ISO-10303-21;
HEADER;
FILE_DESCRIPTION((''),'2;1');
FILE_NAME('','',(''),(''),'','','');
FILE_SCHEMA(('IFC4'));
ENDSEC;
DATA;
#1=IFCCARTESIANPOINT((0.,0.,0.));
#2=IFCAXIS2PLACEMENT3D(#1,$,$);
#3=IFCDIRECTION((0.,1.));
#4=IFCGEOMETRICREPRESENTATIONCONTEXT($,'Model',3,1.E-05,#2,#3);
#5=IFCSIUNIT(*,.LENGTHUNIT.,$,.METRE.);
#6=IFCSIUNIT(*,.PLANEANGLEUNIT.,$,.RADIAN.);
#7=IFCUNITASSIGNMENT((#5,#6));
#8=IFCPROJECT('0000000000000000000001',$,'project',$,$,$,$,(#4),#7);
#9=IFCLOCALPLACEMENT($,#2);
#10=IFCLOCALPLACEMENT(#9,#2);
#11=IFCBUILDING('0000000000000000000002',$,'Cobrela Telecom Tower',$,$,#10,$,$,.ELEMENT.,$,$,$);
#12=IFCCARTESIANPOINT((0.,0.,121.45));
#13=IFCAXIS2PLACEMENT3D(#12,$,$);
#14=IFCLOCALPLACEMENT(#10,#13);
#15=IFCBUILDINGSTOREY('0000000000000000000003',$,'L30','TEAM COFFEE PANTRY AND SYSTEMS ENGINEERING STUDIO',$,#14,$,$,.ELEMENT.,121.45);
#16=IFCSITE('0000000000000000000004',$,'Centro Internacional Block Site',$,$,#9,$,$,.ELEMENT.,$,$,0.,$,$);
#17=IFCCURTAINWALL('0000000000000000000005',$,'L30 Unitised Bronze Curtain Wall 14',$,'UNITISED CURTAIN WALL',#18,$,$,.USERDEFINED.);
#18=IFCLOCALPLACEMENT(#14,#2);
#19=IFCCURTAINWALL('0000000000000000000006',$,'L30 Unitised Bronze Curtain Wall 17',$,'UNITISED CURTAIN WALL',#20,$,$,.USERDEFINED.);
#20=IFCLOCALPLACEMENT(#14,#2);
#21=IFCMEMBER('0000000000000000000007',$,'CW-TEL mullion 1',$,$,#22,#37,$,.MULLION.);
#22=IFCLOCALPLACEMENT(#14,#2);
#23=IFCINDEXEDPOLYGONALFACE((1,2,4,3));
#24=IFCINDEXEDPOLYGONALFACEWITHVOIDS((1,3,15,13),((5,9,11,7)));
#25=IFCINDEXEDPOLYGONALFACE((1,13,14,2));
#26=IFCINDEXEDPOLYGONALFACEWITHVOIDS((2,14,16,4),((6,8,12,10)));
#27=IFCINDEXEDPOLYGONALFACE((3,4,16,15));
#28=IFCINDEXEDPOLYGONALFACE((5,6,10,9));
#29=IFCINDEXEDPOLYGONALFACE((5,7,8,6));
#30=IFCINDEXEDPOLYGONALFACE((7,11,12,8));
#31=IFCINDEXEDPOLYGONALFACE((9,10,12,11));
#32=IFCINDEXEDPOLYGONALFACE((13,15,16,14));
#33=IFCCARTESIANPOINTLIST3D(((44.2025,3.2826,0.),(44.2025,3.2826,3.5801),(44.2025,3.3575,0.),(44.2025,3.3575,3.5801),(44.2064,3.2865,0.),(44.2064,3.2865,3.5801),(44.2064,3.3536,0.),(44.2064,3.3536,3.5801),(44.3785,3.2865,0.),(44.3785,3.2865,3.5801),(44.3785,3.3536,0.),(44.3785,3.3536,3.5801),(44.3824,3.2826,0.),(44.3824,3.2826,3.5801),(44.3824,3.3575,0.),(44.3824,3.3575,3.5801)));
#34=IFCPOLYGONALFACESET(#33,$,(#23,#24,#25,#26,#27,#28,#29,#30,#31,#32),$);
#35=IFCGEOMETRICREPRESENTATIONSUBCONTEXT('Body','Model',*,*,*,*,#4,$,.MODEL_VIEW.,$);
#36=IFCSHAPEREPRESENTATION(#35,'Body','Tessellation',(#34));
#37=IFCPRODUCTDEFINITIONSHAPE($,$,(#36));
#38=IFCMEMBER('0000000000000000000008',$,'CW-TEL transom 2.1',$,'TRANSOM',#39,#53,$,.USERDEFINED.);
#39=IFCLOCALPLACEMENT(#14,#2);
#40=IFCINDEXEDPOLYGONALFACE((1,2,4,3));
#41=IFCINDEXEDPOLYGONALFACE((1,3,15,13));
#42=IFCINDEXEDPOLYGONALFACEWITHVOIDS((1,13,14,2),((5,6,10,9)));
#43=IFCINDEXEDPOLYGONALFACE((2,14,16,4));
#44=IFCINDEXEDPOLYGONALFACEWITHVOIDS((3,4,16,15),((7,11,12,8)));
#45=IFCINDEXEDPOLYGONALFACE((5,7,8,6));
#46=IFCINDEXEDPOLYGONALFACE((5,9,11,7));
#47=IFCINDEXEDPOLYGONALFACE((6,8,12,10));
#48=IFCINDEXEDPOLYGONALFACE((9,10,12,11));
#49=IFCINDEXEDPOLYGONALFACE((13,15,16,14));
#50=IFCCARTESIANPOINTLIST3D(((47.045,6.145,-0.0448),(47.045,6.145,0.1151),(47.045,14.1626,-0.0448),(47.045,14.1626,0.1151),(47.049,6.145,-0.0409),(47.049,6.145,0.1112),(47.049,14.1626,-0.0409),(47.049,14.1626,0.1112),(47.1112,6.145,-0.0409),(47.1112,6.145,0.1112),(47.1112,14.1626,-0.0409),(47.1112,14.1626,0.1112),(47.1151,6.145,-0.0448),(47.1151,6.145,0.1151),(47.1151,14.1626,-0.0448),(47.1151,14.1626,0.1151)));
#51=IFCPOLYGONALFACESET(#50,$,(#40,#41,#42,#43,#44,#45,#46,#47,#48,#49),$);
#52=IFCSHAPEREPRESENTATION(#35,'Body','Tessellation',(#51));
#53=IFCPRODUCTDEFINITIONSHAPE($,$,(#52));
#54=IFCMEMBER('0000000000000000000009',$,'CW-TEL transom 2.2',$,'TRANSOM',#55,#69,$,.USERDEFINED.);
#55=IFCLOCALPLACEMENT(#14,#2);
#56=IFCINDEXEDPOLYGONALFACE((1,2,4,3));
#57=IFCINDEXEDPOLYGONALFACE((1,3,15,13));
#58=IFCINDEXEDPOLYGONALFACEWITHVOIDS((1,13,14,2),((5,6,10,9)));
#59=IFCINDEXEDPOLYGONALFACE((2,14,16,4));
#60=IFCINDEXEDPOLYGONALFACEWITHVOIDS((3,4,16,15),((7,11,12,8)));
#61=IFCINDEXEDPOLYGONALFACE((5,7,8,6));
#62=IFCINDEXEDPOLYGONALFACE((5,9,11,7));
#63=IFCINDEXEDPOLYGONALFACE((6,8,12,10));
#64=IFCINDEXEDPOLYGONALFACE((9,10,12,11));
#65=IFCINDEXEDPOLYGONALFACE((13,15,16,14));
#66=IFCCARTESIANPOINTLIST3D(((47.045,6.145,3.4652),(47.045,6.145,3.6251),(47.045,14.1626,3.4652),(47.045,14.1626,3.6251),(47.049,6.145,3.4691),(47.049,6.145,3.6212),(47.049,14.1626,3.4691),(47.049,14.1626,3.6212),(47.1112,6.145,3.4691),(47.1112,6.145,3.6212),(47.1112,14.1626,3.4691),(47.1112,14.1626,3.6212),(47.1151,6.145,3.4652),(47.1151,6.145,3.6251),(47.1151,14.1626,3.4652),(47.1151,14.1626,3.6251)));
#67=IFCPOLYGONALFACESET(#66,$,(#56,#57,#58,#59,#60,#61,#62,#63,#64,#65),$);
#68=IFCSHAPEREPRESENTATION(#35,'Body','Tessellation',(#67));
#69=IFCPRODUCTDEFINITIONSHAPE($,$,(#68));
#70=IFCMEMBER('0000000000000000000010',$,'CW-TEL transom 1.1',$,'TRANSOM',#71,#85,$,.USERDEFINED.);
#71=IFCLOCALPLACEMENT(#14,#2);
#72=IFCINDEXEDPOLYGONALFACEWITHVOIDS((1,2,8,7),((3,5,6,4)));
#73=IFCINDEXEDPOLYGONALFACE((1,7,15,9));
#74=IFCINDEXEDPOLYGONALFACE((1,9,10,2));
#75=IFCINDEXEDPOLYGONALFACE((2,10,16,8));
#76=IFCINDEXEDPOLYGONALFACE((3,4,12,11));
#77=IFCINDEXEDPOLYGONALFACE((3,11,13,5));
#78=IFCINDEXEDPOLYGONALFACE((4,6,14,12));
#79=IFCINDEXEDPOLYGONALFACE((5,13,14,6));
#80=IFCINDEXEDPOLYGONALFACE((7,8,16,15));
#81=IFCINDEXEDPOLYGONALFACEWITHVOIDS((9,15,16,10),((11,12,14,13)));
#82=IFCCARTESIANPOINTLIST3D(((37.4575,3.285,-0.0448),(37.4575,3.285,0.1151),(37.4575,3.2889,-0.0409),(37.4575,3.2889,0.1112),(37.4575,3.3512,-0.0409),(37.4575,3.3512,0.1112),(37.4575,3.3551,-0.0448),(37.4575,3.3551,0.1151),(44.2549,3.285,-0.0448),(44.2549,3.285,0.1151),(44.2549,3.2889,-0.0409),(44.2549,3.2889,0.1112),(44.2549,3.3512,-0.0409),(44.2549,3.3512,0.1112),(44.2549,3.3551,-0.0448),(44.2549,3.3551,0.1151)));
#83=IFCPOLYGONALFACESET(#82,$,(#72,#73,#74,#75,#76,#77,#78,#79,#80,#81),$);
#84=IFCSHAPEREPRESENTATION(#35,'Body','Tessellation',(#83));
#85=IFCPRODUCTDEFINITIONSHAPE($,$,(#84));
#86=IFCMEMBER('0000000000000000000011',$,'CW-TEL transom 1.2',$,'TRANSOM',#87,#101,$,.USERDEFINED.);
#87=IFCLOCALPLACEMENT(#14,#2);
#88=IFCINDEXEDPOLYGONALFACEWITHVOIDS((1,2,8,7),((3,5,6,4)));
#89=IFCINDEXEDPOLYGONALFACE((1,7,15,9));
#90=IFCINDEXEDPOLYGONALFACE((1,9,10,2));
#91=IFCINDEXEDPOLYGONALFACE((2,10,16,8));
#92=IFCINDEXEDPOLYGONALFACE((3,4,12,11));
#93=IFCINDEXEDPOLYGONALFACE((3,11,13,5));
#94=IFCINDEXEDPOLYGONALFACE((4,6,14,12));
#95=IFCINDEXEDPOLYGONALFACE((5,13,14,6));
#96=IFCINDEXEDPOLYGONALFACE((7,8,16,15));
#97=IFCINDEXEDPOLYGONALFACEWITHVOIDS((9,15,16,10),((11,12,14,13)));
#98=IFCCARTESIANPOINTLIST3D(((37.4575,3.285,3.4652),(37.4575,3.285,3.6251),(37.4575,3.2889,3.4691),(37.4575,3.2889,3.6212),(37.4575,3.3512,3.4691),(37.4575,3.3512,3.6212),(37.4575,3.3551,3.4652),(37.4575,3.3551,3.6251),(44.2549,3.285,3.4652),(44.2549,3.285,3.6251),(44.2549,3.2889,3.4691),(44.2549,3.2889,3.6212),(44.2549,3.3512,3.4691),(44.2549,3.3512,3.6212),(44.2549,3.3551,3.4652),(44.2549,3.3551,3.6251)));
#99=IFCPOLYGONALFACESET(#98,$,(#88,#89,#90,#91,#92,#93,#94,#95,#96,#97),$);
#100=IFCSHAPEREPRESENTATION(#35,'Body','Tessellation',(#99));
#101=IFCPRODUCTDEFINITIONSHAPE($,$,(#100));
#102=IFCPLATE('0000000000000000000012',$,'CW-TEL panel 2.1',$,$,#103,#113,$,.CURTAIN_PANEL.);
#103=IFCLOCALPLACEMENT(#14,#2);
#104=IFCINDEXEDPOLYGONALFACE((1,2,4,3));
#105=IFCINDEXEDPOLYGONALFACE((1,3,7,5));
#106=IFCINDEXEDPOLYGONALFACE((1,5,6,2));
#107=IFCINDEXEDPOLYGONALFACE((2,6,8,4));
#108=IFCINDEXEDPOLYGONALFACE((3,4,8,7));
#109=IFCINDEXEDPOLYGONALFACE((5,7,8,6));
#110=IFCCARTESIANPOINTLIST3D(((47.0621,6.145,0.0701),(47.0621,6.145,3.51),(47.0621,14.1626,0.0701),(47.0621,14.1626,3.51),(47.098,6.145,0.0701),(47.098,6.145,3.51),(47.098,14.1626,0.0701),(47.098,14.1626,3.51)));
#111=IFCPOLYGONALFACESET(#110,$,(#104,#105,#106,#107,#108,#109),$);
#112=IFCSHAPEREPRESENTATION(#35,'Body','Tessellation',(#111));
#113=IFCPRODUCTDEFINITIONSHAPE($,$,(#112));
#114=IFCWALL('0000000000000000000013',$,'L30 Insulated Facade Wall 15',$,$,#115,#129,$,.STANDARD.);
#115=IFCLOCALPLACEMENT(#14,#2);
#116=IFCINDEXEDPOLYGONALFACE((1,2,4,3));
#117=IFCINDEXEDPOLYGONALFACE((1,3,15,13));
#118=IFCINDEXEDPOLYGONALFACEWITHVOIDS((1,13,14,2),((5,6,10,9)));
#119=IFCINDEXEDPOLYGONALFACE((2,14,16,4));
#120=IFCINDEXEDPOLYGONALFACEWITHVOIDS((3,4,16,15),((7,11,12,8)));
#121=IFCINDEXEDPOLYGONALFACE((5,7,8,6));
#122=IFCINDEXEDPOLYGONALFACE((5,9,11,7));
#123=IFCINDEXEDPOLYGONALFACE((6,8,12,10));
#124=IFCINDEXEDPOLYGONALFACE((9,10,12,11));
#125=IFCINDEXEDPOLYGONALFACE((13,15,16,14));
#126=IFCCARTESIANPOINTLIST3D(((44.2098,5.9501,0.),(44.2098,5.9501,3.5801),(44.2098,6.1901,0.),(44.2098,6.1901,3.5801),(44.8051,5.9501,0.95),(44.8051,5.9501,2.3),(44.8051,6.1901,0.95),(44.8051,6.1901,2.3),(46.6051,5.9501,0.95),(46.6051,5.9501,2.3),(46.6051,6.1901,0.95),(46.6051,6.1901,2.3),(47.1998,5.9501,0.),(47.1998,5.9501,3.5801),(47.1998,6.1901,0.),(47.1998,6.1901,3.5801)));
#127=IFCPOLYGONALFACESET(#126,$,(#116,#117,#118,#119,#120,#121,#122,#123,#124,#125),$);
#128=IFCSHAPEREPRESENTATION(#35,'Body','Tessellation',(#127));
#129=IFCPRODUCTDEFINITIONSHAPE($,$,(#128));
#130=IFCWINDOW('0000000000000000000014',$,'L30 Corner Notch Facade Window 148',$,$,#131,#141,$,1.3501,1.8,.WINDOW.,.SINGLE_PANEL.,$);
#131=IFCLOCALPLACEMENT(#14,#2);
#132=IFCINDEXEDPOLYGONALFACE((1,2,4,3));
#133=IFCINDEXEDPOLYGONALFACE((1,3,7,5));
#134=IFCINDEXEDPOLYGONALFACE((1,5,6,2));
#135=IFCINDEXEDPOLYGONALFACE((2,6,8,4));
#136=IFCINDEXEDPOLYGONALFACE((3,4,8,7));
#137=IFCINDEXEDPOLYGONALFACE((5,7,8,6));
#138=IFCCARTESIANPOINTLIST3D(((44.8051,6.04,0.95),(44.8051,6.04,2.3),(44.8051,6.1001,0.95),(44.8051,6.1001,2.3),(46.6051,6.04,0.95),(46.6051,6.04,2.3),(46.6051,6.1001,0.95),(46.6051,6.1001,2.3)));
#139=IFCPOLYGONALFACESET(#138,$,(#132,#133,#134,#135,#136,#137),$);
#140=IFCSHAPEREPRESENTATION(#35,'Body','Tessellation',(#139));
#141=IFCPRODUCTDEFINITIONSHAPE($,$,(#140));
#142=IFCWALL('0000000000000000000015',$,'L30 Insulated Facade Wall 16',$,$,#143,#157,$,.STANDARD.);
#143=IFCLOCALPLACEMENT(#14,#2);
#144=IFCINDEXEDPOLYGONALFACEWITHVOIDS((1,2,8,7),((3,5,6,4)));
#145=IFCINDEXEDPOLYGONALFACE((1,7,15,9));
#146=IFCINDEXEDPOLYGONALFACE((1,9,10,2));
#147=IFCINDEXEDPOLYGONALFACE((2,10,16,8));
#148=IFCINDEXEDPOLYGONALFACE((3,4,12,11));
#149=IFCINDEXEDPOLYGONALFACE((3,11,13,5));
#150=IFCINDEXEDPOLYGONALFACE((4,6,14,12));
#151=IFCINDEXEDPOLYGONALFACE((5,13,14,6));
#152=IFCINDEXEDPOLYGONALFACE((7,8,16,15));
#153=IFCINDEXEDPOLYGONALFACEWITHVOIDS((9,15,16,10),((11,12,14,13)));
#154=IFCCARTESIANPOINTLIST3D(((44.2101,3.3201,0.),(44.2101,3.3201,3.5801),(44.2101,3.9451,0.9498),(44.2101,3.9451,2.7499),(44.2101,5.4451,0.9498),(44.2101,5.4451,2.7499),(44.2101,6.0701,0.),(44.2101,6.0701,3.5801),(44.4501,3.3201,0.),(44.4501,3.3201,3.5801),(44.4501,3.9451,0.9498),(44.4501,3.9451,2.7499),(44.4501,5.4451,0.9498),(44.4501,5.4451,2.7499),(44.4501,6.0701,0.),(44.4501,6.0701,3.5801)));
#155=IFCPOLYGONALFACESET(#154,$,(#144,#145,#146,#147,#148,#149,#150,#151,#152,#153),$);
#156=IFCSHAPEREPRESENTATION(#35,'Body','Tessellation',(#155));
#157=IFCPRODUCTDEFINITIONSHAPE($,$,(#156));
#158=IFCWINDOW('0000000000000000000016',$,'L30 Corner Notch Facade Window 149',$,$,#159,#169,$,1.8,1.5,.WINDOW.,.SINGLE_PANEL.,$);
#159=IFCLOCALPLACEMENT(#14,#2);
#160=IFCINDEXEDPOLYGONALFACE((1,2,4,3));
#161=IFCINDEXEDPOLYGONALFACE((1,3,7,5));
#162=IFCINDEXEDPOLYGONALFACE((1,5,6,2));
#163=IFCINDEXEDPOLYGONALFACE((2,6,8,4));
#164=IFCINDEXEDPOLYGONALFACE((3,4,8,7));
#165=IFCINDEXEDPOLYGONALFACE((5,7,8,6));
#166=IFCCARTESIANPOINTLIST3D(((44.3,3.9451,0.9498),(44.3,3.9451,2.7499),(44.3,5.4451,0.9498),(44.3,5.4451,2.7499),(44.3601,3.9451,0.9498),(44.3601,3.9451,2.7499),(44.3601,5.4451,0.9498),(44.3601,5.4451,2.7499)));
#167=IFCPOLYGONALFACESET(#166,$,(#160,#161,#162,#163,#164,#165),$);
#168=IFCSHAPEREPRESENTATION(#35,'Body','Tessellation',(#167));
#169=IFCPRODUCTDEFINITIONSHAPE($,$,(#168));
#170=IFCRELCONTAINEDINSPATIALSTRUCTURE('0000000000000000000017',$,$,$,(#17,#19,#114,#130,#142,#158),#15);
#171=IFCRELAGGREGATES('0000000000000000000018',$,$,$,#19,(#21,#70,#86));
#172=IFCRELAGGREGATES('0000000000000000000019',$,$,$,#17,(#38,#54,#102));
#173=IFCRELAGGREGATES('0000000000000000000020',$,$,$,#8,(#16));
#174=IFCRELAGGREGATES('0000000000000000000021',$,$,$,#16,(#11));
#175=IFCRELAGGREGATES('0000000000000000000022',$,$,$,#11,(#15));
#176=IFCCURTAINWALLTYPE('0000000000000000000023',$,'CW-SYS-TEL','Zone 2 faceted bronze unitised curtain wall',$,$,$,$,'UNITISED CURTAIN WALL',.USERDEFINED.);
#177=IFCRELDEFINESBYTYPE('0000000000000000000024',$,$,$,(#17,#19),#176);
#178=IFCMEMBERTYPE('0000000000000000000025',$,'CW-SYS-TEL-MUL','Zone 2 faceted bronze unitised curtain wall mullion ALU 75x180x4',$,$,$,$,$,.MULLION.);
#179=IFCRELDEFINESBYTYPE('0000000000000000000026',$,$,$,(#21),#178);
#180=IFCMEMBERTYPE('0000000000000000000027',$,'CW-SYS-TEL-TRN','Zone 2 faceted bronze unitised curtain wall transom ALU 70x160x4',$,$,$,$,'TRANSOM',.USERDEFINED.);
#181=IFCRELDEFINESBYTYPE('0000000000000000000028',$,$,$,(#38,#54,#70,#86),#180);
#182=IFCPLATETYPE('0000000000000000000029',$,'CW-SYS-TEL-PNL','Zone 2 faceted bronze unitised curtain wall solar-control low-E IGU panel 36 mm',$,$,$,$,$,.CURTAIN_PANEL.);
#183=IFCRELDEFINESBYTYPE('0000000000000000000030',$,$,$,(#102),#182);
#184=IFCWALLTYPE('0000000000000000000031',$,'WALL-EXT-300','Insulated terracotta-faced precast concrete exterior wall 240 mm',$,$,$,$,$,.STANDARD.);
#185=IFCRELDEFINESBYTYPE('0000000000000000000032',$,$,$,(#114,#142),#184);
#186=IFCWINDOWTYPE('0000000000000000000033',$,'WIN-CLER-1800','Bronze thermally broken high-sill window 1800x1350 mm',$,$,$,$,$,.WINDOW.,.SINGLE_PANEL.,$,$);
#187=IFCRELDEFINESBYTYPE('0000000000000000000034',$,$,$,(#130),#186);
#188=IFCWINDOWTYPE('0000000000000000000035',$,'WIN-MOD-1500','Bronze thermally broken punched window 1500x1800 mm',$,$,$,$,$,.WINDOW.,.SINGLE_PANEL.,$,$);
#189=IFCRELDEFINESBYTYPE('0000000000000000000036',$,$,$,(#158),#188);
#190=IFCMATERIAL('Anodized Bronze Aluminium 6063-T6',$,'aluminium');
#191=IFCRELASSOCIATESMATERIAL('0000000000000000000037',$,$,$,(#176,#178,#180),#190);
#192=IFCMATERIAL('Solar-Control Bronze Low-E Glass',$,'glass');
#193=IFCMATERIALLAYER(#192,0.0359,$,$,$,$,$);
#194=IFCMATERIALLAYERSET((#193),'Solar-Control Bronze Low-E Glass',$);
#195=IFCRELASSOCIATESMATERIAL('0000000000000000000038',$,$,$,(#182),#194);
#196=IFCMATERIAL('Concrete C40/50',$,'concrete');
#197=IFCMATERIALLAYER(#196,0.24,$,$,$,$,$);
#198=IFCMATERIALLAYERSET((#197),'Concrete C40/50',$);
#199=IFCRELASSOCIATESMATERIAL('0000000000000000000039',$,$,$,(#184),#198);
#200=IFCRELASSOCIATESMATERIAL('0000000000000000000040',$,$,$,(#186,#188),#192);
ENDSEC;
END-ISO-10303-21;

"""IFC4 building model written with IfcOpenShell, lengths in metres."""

from ifc_helpers import new_model, si_unit, direction, frame, frame_2d, origin, origin_2d, place, context, subcontext, project, spatial, rectangle, hollow_rectangle, extrude, material, layer, layer_set, material_profile, profile_set, type_object, element, fill, aggregate, save


model = new_model("IFC4")

# Units and contexts
model_context = context("Model", 3, precision=1e-05, world=origin(), true_north=direction((0.0, 1.0)))
body_context = subcontext(model_context, "Body", "Model", "MODEL_VIEW")
ifc_project = project(units=[si_unit("LENGTHUNIT", "METRE"), si_unit("PLANEANGLEUNIT", "RADIAN")], contexts=[model_context])

# Site, building, storey
site_placement = place(None, origin())
site = spatial("IfcSite", under=ifc_project, at=site_placement, Name="Centro Internacional Block Site", CompositionType="ELEMENT", RefElevation=0.0)
building_placement = place(site_placement, origin())
building = spatial("IfcBuilding", under=site, at=building_placement, Name="Cobrela Telecom Tower", CompositionType="ELEMENT")
storey_placement = place(building_placement, frame((0.0, 0.0, 121.45)))
storey = spatial("IfcBuildingStorey", under=building, at=storey_placement, Name="L30", Description="TEAM COFFEE PANTRY AND SYSTEMS ENGINEERING STUDIO", CompositionType="ELEMENT", Elevation=121.45)

# Curtain wall
ifc_material_1 = material(Name="Anodized Bronze Aluminium 6063-T6", Category="aluminium")
curtain_wall_type = type_object("IfcCurtainWallType", Name="CW-SYS-TEL", Description="Zone 2 faceted bronze unitised curtain wall", ElementType="UNITISED CURTAIN WALL", PredefinedType="USERDEFINED", material=ifc_material_1)
curtain_wall_1_placement = place(storey_placement, origin())
curtain_wall_1 = element("IfcCurtainWall", 1, at=curtain_wall_1_placement, inside=storey, type_object=curtain_wall_type, Name="L30 Unitised Bronze Curtain Wall 14", ObjectType="UNITISED CURTAIN WALL", PredefinedType="USERDEFINED")
ifc_material_profile_1 = material_profile(ifc_material_1, hollow_rectangle(XDim=0.075, YDim=0.1799, WallThickness=0.0039, at=origin_2d()), Name="ALU 75x180x4")
ifc_profile_set_1 = profile_set([ifc_material_profile_1], Name="Anodized Bronze Aluminium 6063-T6")
member_type_1 = type_object("IfcMemberType", Name="CW-SYS-TEL-MUL", Description="Zone 2 faceted bronze unitised curtain wall mullion ALU 75x180x4", PredefinedType="MULLION", material=ifc_profile_set_1)

# Curtain wall, member
curtain_wall_2_placement = place(storey_placement, origin())
curtain_wall_2 = element("IfcCurtainWall", 2, at=curtain_wall_2_placement, inside=storey, type_object=curtain_wall_type, Name="L30 Unitised Bronze Curtain Wall 17", ObjectType="UNITISED CURTAIN WALL", PredefinedType="USERDEFINED")
member_1_placement = place(storey_placement, frame((44.2925, 3.3201, 0.0), z_axis=(0.0, 0.0, 1.0), x_axis=(0.0, -1.0, 0.0)))
member_1 = element("IfcMember", 3, at=member_1_placement, type_object=member_type_1, Name="CW-TEL mullion 1", PredefinedType="MULLION", context=body_context, shape_type="SweptSolid", body=[
    extrude(hollow_rectangle(XDim=0.075, YDim=0.1799, WallThickness=0.0039, at=origin_2d()), origin(), (0.0, 0.0, 1.0), 3.5801),
])

# Members
ifc_material_profile_2 = material_profile(ifc_material_1, hollow_rectangle(XDim=0.0701, YDim=0.1599, WallThickness=0.0039, at=origin_2d()), Name="ALU 70x160x4")
ifc_profile_set_2 = profile_set([ifc_material_profile_2], Name="Anodized Bronze Aluminium 6063-T6")
member_type_2 = type_object("IfcMemberType", Name="CW-SYS-TEL-TRN", Description="Zone 2 faceted bronze unitised curtain wall transom ALU 70x160x4", ElementType="TRANSOM", PredefinedType="USERDEFINED", material=ifc_profile_set_2)
member_2_placement = place(storey_placement, frame((47.0801, 14.1626, 0.0352), z_axis=(0.0, -1.0, 0.0), x_axis=(1.0, 0.0, 0.0)))
member_2 = element("IfcMember", 4, at=member_2_placement, type_object=member_type_2, Name="CW-TEL transom 2.1", ObjectType="TRANSOM", PredefinedType="USERDEFINED", context=body_context, shape_type="SweptSolid", body=[
    extrude(hollow_rectangle(XDim=0.0701, YDim=0.1599, WallThickness=0.0039, at=origin_2d()), origin(), (0.0, 0.0, 1.0), 8.0176),
])
member_3_placement = place(storey_placement, frame((47.0801, 14.1626, 3.5452), z_axis=(0.0, -1.0, 0.0), x_axis=(1.0, 0.0, 0.0)))
member_3 = element("IfcMember", 5, at=member_3_placement, type_object=member_type_2, Name="CW-TEL transom 2.2", ObjectType="TRANSOM", PredefinedType="USERDEFINED", context=body_context, shape_type="SweptSolid", body=[
    extrude(hollow_rectangle(XDim=0.0701, YDim=0.1599, WallThickness=0.0039, at=origin_2d()), origin(), (0.0, 0.0, 1.0), 8.0176),
])
member_4_placement = place(storey_placement, frame((44.2549, 3.3201, 0.0352), z_axis=(-1.0, 0.0, 0.0), x_axis=(0.0, -1.0, 0.0)))
member_4 = element("IfcMember", 6, at=member_4_placement, type_object=member_type_2, Name="CW-TEL transom 1.1", ObjectType="TRANSOM", PredefinedType="USERDEFINED", context=body_context, shape_type="SweptSolid", body=[
    extrude(hollow_rectangle(XDim=0.0701, YDim=0.1599, WallThickness=0.0039, at=origin_2d()), origin(), (0.0, 0.0, 1.0), 6.7974),
])
member_5_placement = place(storey_placement, frame((44.2549, 3.3201, 3.5452), z_axis=(-1.0, 0.0, 0.0), x_axis=(0.0, -1.0, 0.0)))
member_5 = element("IfcMember", 7, at=member_5_placement, type_object=member_type_2, Name="CW-TEL transom 1.2", ObjectType="TRANSOM", PredefinedType="USERDEFINED", context=body_context, shape_type="SweptSolid", body=[
    extrude(hollow_rectangle(XDim=0.0701, YDim=0.1599, WallThickness=0.0039, at=origin_2d()), origin(), (0.0, 0.0, 1.0), 6.7974),
])
aggregate(curtain_wall_2, [member_1, member_4, member_5])

# Plate
ifc_material_2 = material(Name="Solar-Control Bronze Low-E Glass", Category="glass")
ifc_layer_1 = layer(ifc_material_2, 0.0359)
ifc_layer_set_1 = layer_set([ifc_layer_1], Name="Solar-Control Bronze Low-E Glass")
plate_type = type_object("IfcPlateType", Name="CW-SYS-TEL-PNL", Description="Zone 2 faceted bronze unitised curtain wall solar-control low-E IGU panel 36 mm", PredefinedType="CURTAIN_PANEL", material=ifc_layer_set_1)
plate_placement = place(storey_placement, frame((47.0801, 10.1538, 0.0701), z_axis=(0.0, 0.0, 1.0), x_axis=(0.0, -1.0, 0.0)))
plate = element("IfcPlate", 8, at=plate_placement, type_object=plate_type, Name="CW-TEL panel 2.1", PredefinedType="CURTAIN_PANEL", context=body_context, shape_type="SweptSolid", body=[
    extrude(rectangle(XDim=8.0176, YDim=0.0359, at=origin_2d()), origin(), (0.0, 0.0, 1.0), 3.4399),
])
aggregate(curtain_wall_1, [member_2, member_3, plate])

# Walls, openings, windows
ifc_material_3 = material(Name="Concrete C40/50", Category="concrete")
ifc_layer_2 = layer(ifc_material_3, 0.24)
ifc_layer_set_2 = layer_set([ifc_layer_2], Name="Concrete C40/50")
wall_type = type_object("IfcWallType", Name="WALL-EXT-300", Description="Insulated terracotta-faced precast concrete exterior wall 240 mm", PredefinedType="STANDARD", material=ifc_layer_set_2)
wall_1_placement = place(storey_placement, frame((47.2, 6.0701, 0.0), z_axis=(0.0, 0.0, 1.0), x_axis=(-1.0, 0.0, 0.0)))
wall_1 = element("IfcWall", 9, at=wall_1_placement, inside=storey, type_object=wall_type, Name="L30 Insulated Facade Wall 15", PredefinedType="STANDARD", context=body_context, shape_type="SweptSolid", body=[
    extrude(rectangle(XDim=2.99, YDim=0.24, at=frame_2d((1.4951, 0.0))), origin(), (0.0, 0.0, 1.0), 3.5801),
])
opening_1_placement = place(wall_1_placement, frame((0.595, 0.0, 0.95)))
opening_1 = element("IfcOpeningElement", 10, at=opening_1_placement, cuts=wall_1, PredefinedType="OPENING", context=body_context, shape_type="SweptSolid", body=[
    extrude(rectangle(XDim=1.8, YDim=1.3501, at=frame_2d((0.8999, 0.675))), frame((0.0, 0.1318, 0.0), z_axis=(0.0, -1.0, 0.0), x_axis=(1.0, 0.0, 0.0)), (0.0, 0.0, 1.0), 0.2639),
])
window_type_1 = type_object("IfcWindowType", Name="WIN-CLER-1800", Description="Bronze thermally broken high-sill window 1800x1350 mm", PartitioningType="SINGLE_PANEL", PredefinedType="WINDOW", material=ifc_material_2)
window_1_placement = place(opening_1_placement, origin())
window_1 = element("IfcWindow", 11, at=window_1_placement, inside=storey, type_object=window_type_1, Name="L30 Corner Notch Facade Window 148", OverallHeight=1.3501, OverallWidth=1.8, PartitioningType="SINGLE_PANEL", PredefinedType="WINDOW", context=body_context, shape_type="SweptSolid", body=[
    extrude(rectangle(XDim=1.8, YDim=1.3501, at=frame_2d((0.8999, 0.675))), frame((0.0, 0.03, 0.0), z_axis=(0.0, -1.0, 0.0), x_axis=(1.0, 0.0, 0.0)), (0.0, 0.0, 1.0), 0.0601),
])
fill(opening_1, window_1)
wall_2_placement = place(storey_placement, frame((44.3301, 6.0701, 0.0), z_axis=(0.0, 0.0, 1.0), x_axis=(0.0, -1.0, 0.0)))
wall_2 = element("IfcWall", 12, at=wall_2_placement, inside=storey, type_object=wall_type, Name="L30 Insulated Facade Wall 16", PredefinedType="STANDARD", context=body_context, shape_type="SweptSolid", body=[
    extrude(rectangle(XDim=2.75, YDim=0.24, at=frame_2d((1.375, 0.0))), origin(), (0.0, 0.0, 1.0), 3.5801),
])
opening_2_placement = place(wall_2_placement, frame((0.625, 0.0, 0.95)))
opening_2 = element("IfcOpeningElement", 13, at=opening_2_placement, cuts=wall_2, PredefinedType="OPENING", context=body_context, shape_type="SweptSolid", body=[
    extrude(rectangle(XDim=1.5, YDim=1.8, at=frame_2d((0.75, 0.8999))), frame((0.0, 0.1318, 0.0), z_axis=(0.0, -1.0, 0.0), x_axis=(1.0, 0.0, 0.0)), (0.0, 0.0, 1.0), 0.2639),
])
window_type_2 = type_object("IfcWindowType", Name="WIN-MOD-1500", Description="Bronze thermally broken punched window 1500x1800 mm", PartitioningType="SINGLE_PANEL", PredefinedType="WINDOW", material=ifc_material_2)
window_2_placement = place(opening_2_placement, origin())
window_2 = element("IfcWindow", 14, at=window_2_placement, inside=storey, type_object=window_type_2, Name="L30 Corner Notch Facade Window 149", OverallHeight=1.8, OverallWidth=1.5, PartitioningType="SINGLE_PANEL", PredefinedType="WINDOW", context=body_context, shape_type="SweptSolid", body=[
    extrude(rectangle(XDim=1.5, YDim=1.8, at=frame_2d((0.75, 0.8999))), frame((0.0, 0.03, 0.0), z_axis=(0.0, -1.0, 0.0), x_axis=(1.0, 0.0, 0.0)), (0.0, 0.0, 1.0), 0.0601),
])
fill(opening_2, window_2)

save(model, "model.ifc")
